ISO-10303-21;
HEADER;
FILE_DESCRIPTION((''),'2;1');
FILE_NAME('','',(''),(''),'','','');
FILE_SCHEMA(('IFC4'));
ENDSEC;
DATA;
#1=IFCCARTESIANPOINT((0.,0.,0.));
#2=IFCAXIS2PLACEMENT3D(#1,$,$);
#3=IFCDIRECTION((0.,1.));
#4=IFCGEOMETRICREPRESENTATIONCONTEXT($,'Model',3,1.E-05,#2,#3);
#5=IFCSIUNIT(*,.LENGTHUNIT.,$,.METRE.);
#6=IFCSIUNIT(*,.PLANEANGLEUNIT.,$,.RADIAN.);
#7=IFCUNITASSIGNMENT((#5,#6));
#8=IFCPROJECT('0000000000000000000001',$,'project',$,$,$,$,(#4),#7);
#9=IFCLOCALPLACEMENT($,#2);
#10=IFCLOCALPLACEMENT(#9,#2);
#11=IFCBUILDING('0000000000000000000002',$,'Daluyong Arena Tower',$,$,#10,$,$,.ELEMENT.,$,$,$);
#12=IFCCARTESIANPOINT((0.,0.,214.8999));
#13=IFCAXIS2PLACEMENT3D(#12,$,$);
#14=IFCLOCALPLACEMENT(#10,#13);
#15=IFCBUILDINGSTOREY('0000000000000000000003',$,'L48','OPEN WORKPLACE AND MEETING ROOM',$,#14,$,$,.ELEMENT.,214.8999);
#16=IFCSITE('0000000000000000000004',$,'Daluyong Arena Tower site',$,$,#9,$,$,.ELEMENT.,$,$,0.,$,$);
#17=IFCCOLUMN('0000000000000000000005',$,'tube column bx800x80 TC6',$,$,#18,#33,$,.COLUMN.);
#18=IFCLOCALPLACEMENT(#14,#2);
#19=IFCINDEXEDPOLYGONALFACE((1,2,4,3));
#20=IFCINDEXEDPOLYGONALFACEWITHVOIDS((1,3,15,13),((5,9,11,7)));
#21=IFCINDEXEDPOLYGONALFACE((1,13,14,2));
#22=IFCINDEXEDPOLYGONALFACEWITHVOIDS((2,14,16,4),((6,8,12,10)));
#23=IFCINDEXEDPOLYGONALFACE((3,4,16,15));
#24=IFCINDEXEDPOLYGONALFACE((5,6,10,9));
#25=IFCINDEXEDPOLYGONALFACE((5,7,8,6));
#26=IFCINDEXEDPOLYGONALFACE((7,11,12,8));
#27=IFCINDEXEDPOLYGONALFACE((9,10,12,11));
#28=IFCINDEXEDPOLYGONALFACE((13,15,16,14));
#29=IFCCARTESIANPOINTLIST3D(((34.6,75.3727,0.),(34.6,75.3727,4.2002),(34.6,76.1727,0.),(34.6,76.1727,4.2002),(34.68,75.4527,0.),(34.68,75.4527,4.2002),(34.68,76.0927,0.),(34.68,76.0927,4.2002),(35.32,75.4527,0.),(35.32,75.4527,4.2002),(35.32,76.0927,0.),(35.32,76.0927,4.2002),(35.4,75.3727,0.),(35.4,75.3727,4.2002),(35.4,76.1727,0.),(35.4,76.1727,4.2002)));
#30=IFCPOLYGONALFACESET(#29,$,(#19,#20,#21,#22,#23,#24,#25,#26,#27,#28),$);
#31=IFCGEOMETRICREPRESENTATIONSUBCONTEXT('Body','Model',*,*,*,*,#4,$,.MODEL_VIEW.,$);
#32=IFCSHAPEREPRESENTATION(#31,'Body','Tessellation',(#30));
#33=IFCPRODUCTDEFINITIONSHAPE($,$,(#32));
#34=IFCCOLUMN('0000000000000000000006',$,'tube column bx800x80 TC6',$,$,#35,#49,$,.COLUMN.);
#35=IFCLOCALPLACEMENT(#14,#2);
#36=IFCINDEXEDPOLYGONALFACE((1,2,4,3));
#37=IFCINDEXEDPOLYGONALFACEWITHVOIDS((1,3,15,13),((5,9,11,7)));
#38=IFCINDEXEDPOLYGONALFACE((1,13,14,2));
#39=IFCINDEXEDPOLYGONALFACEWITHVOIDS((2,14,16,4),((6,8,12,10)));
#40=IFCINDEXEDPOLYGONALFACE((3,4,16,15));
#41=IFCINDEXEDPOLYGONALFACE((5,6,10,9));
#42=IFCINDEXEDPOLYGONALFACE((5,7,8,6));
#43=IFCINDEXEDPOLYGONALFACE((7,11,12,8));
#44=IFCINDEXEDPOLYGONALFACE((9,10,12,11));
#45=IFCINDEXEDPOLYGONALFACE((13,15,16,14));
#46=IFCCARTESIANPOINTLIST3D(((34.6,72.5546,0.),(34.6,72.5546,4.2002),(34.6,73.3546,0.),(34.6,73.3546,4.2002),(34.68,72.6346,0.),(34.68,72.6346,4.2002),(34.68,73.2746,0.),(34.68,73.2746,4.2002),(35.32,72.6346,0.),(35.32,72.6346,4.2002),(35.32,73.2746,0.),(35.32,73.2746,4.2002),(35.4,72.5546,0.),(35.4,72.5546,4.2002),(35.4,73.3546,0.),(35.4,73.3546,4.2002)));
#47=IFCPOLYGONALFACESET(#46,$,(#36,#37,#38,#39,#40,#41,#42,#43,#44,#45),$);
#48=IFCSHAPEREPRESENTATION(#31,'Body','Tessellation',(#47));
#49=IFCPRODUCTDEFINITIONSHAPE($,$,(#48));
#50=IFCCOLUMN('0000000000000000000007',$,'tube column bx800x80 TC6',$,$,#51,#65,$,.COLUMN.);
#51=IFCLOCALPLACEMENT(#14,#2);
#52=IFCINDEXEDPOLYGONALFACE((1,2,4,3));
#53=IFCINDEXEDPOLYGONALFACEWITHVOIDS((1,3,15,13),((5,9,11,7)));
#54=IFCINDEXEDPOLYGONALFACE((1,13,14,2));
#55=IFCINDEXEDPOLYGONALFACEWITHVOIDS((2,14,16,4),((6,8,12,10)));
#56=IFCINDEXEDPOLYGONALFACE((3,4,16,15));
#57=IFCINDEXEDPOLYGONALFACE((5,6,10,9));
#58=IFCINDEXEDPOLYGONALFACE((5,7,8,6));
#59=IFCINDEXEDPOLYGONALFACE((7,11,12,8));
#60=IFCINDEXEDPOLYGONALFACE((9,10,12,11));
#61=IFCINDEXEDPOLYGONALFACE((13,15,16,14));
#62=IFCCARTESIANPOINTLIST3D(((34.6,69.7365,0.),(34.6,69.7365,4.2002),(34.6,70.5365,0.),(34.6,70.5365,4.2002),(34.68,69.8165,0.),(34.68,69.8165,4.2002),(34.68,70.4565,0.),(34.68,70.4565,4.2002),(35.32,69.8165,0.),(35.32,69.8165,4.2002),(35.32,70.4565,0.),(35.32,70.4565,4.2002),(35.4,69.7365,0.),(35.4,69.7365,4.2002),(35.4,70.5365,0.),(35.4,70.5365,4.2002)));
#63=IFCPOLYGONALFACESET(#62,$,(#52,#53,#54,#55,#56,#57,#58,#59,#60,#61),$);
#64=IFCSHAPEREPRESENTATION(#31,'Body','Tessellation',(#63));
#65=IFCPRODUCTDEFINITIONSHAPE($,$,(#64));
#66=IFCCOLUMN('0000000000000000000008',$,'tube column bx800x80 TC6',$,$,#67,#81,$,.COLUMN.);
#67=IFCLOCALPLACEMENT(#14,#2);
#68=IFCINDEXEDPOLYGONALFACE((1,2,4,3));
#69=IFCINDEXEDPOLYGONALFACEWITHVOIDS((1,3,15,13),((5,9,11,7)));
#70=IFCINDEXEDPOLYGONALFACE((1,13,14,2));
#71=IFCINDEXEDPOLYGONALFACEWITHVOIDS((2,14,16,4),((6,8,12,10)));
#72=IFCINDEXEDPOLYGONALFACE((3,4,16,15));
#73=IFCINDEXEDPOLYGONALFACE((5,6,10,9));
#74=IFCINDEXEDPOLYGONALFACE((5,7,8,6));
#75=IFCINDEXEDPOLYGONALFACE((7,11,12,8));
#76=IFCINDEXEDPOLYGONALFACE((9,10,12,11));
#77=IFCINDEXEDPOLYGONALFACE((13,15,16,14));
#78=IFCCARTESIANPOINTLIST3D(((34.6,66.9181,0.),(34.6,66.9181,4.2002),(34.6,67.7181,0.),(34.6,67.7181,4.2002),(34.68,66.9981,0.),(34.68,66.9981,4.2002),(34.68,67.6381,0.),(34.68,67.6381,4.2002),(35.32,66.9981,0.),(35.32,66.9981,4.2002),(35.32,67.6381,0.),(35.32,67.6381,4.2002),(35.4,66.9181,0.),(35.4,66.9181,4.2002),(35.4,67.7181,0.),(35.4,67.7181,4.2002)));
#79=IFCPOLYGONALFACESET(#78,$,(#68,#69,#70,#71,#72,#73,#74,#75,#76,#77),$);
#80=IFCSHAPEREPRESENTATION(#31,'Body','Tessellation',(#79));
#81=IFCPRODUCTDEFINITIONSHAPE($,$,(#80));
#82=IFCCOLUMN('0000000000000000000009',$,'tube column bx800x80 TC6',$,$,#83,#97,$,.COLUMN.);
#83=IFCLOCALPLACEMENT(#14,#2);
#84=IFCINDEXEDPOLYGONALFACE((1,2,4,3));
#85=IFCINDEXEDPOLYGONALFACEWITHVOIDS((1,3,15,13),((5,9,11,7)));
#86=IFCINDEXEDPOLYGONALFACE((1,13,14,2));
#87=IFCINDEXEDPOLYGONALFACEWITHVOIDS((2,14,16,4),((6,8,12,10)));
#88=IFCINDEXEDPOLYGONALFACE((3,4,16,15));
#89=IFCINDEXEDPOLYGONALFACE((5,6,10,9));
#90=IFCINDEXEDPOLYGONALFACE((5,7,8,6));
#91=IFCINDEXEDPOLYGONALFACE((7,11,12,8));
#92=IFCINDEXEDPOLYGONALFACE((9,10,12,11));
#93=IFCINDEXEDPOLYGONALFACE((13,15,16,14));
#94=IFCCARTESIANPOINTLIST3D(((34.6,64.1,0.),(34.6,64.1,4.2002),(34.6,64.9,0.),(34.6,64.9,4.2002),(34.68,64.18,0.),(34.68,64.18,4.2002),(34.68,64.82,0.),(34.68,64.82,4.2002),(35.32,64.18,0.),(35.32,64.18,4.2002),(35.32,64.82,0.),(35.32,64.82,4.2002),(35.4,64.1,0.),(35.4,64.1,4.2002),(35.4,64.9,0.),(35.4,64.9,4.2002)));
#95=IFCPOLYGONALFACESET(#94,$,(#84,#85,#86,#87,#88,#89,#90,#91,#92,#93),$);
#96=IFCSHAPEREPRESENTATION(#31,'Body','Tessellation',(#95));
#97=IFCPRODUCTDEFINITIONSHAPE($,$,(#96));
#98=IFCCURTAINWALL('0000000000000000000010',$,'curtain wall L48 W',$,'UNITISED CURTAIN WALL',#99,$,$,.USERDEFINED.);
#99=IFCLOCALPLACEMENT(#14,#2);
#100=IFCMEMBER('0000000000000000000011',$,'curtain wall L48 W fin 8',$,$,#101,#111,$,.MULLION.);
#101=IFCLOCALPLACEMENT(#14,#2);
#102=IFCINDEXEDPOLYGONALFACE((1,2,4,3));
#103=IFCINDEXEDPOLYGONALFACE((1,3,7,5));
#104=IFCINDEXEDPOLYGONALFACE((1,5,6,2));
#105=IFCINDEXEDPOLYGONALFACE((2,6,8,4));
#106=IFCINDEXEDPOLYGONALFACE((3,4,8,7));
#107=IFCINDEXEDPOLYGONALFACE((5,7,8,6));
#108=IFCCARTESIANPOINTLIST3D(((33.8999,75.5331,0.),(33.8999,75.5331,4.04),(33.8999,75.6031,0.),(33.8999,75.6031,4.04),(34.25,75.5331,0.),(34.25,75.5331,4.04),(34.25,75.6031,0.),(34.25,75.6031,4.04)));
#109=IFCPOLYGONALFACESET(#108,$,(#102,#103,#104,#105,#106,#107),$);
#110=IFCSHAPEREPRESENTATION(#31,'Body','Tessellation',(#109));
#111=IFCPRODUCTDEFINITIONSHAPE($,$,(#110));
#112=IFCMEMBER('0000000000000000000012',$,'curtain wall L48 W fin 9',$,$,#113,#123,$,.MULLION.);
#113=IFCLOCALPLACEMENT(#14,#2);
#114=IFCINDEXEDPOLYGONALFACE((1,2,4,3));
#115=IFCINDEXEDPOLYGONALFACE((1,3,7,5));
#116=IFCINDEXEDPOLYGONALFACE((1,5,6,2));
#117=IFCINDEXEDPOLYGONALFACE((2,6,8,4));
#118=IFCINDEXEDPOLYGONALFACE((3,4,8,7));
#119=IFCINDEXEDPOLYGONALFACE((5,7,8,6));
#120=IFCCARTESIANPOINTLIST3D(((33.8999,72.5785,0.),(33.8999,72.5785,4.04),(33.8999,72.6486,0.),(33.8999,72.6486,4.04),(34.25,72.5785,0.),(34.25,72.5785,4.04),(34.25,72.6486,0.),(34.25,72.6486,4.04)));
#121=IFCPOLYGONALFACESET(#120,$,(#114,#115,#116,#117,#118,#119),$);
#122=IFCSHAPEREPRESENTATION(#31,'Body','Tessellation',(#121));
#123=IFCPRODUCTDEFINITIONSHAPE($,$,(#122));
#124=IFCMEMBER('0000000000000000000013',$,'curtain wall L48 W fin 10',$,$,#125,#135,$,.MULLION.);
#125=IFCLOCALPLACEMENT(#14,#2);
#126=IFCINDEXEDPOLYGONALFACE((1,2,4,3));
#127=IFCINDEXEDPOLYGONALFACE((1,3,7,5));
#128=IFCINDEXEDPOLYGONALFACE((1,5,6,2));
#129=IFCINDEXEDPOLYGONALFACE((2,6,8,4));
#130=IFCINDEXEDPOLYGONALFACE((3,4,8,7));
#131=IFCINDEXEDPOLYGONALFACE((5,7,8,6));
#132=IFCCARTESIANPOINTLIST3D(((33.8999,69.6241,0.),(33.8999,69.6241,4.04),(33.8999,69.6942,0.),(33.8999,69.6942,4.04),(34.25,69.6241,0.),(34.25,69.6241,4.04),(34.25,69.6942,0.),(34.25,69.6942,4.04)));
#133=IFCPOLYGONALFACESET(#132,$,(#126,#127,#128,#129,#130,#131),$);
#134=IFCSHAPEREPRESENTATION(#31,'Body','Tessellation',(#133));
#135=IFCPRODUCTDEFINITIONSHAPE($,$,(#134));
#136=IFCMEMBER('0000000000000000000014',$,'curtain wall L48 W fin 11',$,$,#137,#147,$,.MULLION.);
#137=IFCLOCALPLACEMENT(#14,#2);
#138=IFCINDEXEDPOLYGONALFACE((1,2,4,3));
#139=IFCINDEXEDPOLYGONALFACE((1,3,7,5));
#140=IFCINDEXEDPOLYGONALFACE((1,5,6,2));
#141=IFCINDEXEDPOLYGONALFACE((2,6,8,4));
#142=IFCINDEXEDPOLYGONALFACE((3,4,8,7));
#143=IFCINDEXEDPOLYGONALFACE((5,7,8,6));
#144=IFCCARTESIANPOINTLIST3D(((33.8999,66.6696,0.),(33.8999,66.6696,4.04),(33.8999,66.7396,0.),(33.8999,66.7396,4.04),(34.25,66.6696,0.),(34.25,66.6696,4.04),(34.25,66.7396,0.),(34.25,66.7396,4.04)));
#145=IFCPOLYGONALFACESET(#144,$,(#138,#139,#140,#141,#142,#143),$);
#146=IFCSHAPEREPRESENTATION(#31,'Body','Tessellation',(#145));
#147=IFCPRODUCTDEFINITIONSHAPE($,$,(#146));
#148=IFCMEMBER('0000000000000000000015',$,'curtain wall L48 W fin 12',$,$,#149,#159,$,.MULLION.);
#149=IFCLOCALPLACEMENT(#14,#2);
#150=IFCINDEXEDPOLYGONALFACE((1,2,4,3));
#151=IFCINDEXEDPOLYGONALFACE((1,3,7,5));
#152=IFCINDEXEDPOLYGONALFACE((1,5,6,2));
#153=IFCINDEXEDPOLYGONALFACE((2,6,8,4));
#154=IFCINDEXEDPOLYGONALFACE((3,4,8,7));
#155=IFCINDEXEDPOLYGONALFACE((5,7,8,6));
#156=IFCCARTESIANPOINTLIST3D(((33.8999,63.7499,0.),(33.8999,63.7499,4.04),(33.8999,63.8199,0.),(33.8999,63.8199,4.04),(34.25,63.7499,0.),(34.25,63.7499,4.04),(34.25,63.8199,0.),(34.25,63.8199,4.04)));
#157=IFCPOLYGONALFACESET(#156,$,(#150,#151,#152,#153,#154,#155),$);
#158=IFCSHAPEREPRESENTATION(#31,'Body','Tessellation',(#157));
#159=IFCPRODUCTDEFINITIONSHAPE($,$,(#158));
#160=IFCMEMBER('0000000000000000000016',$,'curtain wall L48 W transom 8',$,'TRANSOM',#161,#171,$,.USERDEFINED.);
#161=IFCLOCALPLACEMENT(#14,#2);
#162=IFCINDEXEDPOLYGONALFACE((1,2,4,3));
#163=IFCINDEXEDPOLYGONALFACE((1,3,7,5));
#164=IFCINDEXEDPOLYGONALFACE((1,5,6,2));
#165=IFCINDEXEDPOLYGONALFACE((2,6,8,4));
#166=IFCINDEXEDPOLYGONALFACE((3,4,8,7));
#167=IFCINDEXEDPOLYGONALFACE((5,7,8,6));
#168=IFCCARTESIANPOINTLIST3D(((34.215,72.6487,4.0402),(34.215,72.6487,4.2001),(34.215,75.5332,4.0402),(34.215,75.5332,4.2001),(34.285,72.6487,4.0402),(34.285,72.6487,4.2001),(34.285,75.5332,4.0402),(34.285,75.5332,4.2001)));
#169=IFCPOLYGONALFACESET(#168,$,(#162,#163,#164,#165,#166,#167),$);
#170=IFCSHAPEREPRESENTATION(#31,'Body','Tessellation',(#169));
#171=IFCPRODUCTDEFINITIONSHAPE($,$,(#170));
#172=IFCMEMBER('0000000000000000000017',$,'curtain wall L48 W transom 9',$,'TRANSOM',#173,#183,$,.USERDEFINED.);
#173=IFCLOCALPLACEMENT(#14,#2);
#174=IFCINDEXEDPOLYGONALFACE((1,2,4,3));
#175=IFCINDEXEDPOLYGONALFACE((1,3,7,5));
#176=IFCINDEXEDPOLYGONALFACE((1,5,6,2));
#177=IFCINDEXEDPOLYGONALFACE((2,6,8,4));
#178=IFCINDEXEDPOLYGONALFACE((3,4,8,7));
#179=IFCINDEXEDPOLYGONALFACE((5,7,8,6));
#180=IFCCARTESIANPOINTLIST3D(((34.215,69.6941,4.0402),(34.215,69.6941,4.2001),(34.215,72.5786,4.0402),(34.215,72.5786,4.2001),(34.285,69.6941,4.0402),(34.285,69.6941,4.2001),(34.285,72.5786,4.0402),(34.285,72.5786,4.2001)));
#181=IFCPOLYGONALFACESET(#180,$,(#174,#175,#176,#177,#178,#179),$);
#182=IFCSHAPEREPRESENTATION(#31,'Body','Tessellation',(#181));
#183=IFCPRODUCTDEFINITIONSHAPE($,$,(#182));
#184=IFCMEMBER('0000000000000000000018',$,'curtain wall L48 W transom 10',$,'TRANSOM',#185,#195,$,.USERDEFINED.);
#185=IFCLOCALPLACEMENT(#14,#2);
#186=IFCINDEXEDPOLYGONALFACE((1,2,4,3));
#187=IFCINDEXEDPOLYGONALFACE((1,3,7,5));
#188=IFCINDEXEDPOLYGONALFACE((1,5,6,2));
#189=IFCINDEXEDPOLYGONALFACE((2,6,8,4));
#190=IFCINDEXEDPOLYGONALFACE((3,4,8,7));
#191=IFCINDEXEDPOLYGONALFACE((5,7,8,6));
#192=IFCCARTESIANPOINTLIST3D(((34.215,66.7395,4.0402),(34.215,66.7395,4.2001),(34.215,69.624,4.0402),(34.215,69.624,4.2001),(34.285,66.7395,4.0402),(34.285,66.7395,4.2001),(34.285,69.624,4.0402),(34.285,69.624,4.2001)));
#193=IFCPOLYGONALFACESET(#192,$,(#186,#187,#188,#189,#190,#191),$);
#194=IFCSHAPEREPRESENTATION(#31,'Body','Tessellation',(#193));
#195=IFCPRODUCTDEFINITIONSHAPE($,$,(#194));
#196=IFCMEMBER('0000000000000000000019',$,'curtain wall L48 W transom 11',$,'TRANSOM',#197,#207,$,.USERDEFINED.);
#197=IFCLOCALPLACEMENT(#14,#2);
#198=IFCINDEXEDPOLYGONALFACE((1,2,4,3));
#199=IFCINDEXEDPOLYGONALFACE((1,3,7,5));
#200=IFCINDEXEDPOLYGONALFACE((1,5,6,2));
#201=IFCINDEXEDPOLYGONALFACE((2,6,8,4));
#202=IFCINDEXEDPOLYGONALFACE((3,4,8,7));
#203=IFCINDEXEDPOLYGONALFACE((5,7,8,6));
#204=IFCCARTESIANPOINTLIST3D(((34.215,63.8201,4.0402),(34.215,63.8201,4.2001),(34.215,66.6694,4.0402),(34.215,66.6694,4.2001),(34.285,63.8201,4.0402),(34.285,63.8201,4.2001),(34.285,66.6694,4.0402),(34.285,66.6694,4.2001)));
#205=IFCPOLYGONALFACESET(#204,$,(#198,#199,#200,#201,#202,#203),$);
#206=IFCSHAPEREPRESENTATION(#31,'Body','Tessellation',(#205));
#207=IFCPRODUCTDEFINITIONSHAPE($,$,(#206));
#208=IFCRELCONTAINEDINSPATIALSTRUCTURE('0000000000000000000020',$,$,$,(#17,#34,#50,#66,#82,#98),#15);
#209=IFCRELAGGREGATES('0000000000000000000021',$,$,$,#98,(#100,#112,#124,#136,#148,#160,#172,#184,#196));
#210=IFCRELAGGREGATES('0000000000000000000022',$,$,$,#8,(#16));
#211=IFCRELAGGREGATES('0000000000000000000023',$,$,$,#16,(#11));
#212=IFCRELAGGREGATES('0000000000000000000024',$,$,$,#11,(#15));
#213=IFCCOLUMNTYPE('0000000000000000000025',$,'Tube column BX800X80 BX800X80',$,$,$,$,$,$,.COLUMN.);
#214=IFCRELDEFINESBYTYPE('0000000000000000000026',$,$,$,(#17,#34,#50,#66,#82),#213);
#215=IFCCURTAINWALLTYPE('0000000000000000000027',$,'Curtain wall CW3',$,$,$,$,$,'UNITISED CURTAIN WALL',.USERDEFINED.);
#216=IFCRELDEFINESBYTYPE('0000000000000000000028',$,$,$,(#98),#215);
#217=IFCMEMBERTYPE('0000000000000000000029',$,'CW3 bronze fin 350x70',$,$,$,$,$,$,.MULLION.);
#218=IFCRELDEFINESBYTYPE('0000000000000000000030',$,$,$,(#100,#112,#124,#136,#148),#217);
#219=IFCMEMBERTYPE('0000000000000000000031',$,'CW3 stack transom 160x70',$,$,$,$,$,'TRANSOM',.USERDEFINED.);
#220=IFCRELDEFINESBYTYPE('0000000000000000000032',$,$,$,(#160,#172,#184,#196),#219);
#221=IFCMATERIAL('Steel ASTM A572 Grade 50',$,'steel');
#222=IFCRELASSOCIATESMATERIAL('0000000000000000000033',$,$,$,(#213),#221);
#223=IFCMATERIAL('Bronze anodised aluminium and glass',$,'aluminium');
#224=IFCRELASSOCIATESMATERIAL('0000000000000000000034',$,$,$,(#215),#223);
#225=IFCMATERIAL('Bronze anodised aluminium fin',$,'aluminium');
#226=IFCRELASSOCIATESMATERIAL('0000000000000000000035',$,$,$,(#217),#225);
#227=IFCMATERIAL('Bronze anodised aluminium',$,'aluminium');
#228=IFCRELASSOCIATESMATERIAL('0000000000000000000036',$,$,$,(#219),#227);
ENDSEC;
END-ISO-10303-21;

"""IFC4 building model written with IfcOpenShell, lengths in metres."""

from ifc_helpers import new_model, si_unit, direction, frame, origin, origin_2d, place, context, subcontext, project, spatial, rectangle, hollow_rectangle, extrude, material, material_profile, profile_set, type_object, element, aggregate, save


model = new_model("IFC4")

# Units and contexts
model_context = context("Model", 3, precision=1e-05, world=origin(), true_north=direction((0.0, 1.0)))
body_context = subcontext(model_context, "Body", "Model", "MODEL_VIEW")
ifc_project = project(units=[si_unit("LENGTHUNIT", "METRE"), si_unit("PLANEANGLEUNIT", "RADIAN")], contexts=[model_context])

# Site, building, storey
site_placement = place(None, origin())
site = spatial("IfcSite", under=ifc_project, at=site_placement, Name="Daluyong Arena Tower site", CompositionType="ELEMENT", RefElevation=0.0)
building_placement = place(site_placement, origin())
building = spatial("IfcBuilding", under=site, at=building_placement, Name="Daluyong Arena Tower", CompositionType="ELEMENT")
storey_placement = place(building_placement, frame((0.0, 0.0, 214.8999)))
storey = spatial("IfcBuildingStorey", under=building, at=storey_placement, Name="L48", Description="OPEN WORKPLACE AND MEETING ROOM", CompositionType="ELEMENT", Elevation=214.8999)

# Columns
ifc_material_1 = material(Name="Steel ASTM A572 Grade 50", Category="steel")
ifc_material_profile_1 = material_profile(ifc_material_1, hollow_rectangle(XDim=0.8, YDim=0.8, WallThickness=0.08, at=origin_2d()))
ifc_profile_set_1 = profile_set([ifc_material_profile_1], Name="Steel ASTM A572 Grade 50")
column_type = type_object("IfcColumnType", Name="Tube column BX800X80 BX800X80", PredefinedType="COLUMN", material=ifc_profile_set_1)
for number, where, z_axis, x_axis, name in (
    (1, (35.0, 75.7727, 0.0), (0.0, 0.0, 1.0), (0.0, 1.0, 0.0), "tube column bx800x80 TC6"),
    (2, (35.0, 72.9546, 0.0), (0.0, 0.0, 1.0), (0.0, 1.0, 0.0), "tube column bx800x80 TC6"),
    (3, (35.0, 70.1365, 0.0), (0.0, 0.0, 1.0), (0.0, 1.0, 0.0), "tube column bx800x80 TC6"),
    (4, (35.0, 67.3181, 0.0), (0.0, 0.0, 1.0), (0.0, 1.0, 0.0), "tube column bx800x80 TC6"),
    (5, (35.0, 64.5, 0.0), (0.0, 0.0, 1.0), (1.0, 0.0, 0.0), "tube column bx800x80 TC6"),
):
    element("IfcColumn", number, at=place(storey_placement, frame(where, z_axis=z_axis, x_axis=x_axis)), inside=storey, type_object=column_type, Name=name, PredefinedType="COLUMN", context=body_context, shape_type="SweptSolid", body=[
        extrude(hollow_rectangle(XDim=0.8, YDim=0.8, WallThickness=0.08, at=origin_2d()), origin(), (0.0, 0.0, 1.0), 4.2002),
    ])

# Curtain wall, members
ifc_material_2 = material(Name="Bronze anodised aluminium and glass", Category="aluminium")
curtain_wall_type_1 = type_object("IfcCurtainWallType", Name="Curtain wall CW3", ElementType="UNITISED CURTAIN WALL", PredefinedType="USERDEFINED", material=ifc_material_2)
curtain_wall_1_placement = place(storey_placement, origin())
curtain_wall_1 = element("IfcCurtainWall", 6, at=curtain_wall_1_placement, inside=storey, type_object=curtain_wall_type_1, Name="curtain wall L48 W", ObjectType="UNITISED CURTAIN WALL", PredefinedType="USERDEFINED")
ifc_material_3 = material(Name="Bronze anodised aluminium fin", Category="aluminium")
ifc_material_profile_2 = material_profile(ifc_material_3, rectangle(XDim=0.3501, YDim=0.0701, at=origin_2d()))
ifc_profile_set_2 = profile_set([ifc_material_profile_2], Name="Bronze anodised aluminium fin")
member_type_1 = type_object("IfcMemberType", Name="CW3 bronze fin 350x70", PredefinedType="MULLION", material=ifc_profile_set_2)
member_1_placement = place(storey_placement, frame((34.075, 75.5681, 0.0), z_axis=(0.0, 0.0, 1.0), x_axis=(1.0, 0.0, 0.0)))
member_1 = element("IfcMember", 7, at=member_1_placement, type_object=member_type_1, Name="curtain wall L48 W fin 8", PredefinedType="MULLION", context=body_context, shape_type="SweptSolid", body=[
    extrude(rectangle(XDim=0.3501, YDim=0.0701, at=origin_2d()), origin(), (0.0, 0.0, 1.0), 4.04),
])
member_2_placement = place(storey_placement, frame((34.075, 72.6135, 0.0), z_axis=(0.0, 0.0, 1.0), x_axis=(1.0, 0.0, 0.0)))
member_2 = element("IfcMember", 8, at=member_2_placement, type_object=member_type_1, Name="curtain wall L48 W fin 9", PredefinedType="MULLION", context=body_context, shape_type="SweptSolid", body=[
    extrude(rectangle(XDim=0.3501, YDim=0.0701, at=origin_2d()), origin(), (0.0, 0.0, 1.0), 4.04),
])
member_3_placement = place(storey_placement, frame((34.075, 69.6592, 0.0), z_axis=(0.0, 0.0, 1.0), x_axis=(1.0, 0.0, 0.0)))
member_3 = element("IfcMember", 9, at=member_3_placement, type_object=member_type_1, Name="curtain wall L48 W fin 10", PredefinedType="MULLION", context=body_context, shape_type="SweptSolid", body=[
    extrude(rectangle(XDim=0.3501, YDim=0.0701, at=origin_2d()), origin(), (0.0, 0.0, 1.0), 4.04),
])
member_4_placement = place(storey_placement, frame((34.075, 66.7046, 0.0), z_axis=(0.0, 0.0, 1.0), x_axis=(1.0, 0.0, 0.0)))
member_4 = element("IfcMember", 10, at=member_4_placement, type_object=member_type_1, Name="curtain wall L48 W fin 11", PredefinedType="MULLION", context=body_context, shape_type="SweptSolid", body=[
    extrude(rectangle(XDim=0.3501, YDim=0.0701, at=origin_2d()), origin(), (0.0, 0.0, 1.0), 4.04),
])
member_5_placement = place(storey_placement, frame((34.075, 63.7849, 0.0), z_axis=(0.0, 0.0, 1.0), x_axis=(1.0, 0.0, 0.0)))
member_5 = element("IfcMember", 11, at=member_5_placement, type_object=member_type_1, Name="curtain wall L48 W fin 12", PredefinedType="MULLION", context=body_context, shape_type="SweptSolid", body=[
    extrude(rectangle(XDim=0.3501, YDim=0.0701, at=origin_2d()), origin(), (0.0, 0.0, 1.0), 4.04),
])
ifc_material_4 = material(Name="Bronze anodised aluminium", Category="aluminium")
ifc_material_profile_3 = material_profile(ifc_material_4, rectangle(XDim=0.0701, YDim=0.1599, at=origin_2d()))
ifc_profile_set_3 = profile_set([ifc_material_profile_3], Name="Bronze anodised aluminium")
member_type_2 = type_object("IfcMemberType", Name="CW3 stack transom 160x70", ElementType="TRANSOM", PredefinedType="USERDEFINED", material=ifc_profile_set_3)
member_6_placement = place(storey_placement, frame((34.25, 75.5332, 4.1201), z_axis=(0.0, -1.0, 0.0), x_axis=(1.0, 0.0, 0.0)))
member_6 = element("IfcMember", 12, at=member_6_placement, type_object=member_type_2, Name="curtain wall L48 W transom 8", ObjectType="TRANSOM", PredefinedType="USERDEFINED", context=body_context, shape_type="SweptSolid", body=[
    extrude(rectangle(XDim=0.0701, YDim=0.1599, at=origin_2d()), origin(), (0.0, 0.0, 1.0), 2.8845),
])
member_7_placement = place(storey_placement, frame((34.25, 72.5786, 4.1201), z_axis=(0.0, -1.0, 0.0), x_axis=(1.0, 0.0, 0.0)))
member_7 = element("IfcMember", 13, at=member_7_placement, type_object=member_type_2, Name="curtain wall L48 W transom 9", ObjectType="TRANSOM", PredefinedType="USERDEFINED", context=body_context, shape_type="SweptSolid", body=[
    extrude(rectangle(XDim=0.0701, YDim=0.1599, at=origin_2d()), origin(), (0.0, 0.0, 1.0), 2.8845),
])
member_8_placement = place(storey_placement, frame((34.25, 69.624, 4.1201), z_axis=(0.0, -1.0, 0.0), x_axis=(1.0, 0.0, 0.0)))
member_8 = element("IfcMember", 14, at=member_8_placement, type_object=member_type_2, Name="curtain wall L48 W transom 10", ObjectType="TRANSOM", PredefinedType="USERDEFINED", context=body_context, shape_type="SweptSolid", body=[
    extrude(rectangle(XDim=0.0701, YDim=0.1599, at=origin_2d()), origin(), (0.0, 0.0, 1.0), 2.8845),
])
member_9_placement = place(storey_placement, frame((34.25, 66.6694, 4.1201), z_axis=(0.0, -1.0, 0.0), x_axis=(1.0, 0.0, 0.0)))
member_9 = element("IfcMember", 15, at=member_9_placement, type_object=member_type_2, Name="curtain wall L48 W transom 11", ObjectType="TRANSOM", PredefinedType="USERDEFINED", context=body_context, shape_type="SweptSolid", body=[
    extrude(rectangle(XDim=0.0701, YDim=0.1599, at=origin_2d()), origin(), (0.0, 0.0, 1.0), 2.8494),
])

aggregate(curtain_wall_1, [member_1, member_2, member_3, member_4, member_5, member_6, member_7, member_8, member_9])

save(model, "model.ifc")
